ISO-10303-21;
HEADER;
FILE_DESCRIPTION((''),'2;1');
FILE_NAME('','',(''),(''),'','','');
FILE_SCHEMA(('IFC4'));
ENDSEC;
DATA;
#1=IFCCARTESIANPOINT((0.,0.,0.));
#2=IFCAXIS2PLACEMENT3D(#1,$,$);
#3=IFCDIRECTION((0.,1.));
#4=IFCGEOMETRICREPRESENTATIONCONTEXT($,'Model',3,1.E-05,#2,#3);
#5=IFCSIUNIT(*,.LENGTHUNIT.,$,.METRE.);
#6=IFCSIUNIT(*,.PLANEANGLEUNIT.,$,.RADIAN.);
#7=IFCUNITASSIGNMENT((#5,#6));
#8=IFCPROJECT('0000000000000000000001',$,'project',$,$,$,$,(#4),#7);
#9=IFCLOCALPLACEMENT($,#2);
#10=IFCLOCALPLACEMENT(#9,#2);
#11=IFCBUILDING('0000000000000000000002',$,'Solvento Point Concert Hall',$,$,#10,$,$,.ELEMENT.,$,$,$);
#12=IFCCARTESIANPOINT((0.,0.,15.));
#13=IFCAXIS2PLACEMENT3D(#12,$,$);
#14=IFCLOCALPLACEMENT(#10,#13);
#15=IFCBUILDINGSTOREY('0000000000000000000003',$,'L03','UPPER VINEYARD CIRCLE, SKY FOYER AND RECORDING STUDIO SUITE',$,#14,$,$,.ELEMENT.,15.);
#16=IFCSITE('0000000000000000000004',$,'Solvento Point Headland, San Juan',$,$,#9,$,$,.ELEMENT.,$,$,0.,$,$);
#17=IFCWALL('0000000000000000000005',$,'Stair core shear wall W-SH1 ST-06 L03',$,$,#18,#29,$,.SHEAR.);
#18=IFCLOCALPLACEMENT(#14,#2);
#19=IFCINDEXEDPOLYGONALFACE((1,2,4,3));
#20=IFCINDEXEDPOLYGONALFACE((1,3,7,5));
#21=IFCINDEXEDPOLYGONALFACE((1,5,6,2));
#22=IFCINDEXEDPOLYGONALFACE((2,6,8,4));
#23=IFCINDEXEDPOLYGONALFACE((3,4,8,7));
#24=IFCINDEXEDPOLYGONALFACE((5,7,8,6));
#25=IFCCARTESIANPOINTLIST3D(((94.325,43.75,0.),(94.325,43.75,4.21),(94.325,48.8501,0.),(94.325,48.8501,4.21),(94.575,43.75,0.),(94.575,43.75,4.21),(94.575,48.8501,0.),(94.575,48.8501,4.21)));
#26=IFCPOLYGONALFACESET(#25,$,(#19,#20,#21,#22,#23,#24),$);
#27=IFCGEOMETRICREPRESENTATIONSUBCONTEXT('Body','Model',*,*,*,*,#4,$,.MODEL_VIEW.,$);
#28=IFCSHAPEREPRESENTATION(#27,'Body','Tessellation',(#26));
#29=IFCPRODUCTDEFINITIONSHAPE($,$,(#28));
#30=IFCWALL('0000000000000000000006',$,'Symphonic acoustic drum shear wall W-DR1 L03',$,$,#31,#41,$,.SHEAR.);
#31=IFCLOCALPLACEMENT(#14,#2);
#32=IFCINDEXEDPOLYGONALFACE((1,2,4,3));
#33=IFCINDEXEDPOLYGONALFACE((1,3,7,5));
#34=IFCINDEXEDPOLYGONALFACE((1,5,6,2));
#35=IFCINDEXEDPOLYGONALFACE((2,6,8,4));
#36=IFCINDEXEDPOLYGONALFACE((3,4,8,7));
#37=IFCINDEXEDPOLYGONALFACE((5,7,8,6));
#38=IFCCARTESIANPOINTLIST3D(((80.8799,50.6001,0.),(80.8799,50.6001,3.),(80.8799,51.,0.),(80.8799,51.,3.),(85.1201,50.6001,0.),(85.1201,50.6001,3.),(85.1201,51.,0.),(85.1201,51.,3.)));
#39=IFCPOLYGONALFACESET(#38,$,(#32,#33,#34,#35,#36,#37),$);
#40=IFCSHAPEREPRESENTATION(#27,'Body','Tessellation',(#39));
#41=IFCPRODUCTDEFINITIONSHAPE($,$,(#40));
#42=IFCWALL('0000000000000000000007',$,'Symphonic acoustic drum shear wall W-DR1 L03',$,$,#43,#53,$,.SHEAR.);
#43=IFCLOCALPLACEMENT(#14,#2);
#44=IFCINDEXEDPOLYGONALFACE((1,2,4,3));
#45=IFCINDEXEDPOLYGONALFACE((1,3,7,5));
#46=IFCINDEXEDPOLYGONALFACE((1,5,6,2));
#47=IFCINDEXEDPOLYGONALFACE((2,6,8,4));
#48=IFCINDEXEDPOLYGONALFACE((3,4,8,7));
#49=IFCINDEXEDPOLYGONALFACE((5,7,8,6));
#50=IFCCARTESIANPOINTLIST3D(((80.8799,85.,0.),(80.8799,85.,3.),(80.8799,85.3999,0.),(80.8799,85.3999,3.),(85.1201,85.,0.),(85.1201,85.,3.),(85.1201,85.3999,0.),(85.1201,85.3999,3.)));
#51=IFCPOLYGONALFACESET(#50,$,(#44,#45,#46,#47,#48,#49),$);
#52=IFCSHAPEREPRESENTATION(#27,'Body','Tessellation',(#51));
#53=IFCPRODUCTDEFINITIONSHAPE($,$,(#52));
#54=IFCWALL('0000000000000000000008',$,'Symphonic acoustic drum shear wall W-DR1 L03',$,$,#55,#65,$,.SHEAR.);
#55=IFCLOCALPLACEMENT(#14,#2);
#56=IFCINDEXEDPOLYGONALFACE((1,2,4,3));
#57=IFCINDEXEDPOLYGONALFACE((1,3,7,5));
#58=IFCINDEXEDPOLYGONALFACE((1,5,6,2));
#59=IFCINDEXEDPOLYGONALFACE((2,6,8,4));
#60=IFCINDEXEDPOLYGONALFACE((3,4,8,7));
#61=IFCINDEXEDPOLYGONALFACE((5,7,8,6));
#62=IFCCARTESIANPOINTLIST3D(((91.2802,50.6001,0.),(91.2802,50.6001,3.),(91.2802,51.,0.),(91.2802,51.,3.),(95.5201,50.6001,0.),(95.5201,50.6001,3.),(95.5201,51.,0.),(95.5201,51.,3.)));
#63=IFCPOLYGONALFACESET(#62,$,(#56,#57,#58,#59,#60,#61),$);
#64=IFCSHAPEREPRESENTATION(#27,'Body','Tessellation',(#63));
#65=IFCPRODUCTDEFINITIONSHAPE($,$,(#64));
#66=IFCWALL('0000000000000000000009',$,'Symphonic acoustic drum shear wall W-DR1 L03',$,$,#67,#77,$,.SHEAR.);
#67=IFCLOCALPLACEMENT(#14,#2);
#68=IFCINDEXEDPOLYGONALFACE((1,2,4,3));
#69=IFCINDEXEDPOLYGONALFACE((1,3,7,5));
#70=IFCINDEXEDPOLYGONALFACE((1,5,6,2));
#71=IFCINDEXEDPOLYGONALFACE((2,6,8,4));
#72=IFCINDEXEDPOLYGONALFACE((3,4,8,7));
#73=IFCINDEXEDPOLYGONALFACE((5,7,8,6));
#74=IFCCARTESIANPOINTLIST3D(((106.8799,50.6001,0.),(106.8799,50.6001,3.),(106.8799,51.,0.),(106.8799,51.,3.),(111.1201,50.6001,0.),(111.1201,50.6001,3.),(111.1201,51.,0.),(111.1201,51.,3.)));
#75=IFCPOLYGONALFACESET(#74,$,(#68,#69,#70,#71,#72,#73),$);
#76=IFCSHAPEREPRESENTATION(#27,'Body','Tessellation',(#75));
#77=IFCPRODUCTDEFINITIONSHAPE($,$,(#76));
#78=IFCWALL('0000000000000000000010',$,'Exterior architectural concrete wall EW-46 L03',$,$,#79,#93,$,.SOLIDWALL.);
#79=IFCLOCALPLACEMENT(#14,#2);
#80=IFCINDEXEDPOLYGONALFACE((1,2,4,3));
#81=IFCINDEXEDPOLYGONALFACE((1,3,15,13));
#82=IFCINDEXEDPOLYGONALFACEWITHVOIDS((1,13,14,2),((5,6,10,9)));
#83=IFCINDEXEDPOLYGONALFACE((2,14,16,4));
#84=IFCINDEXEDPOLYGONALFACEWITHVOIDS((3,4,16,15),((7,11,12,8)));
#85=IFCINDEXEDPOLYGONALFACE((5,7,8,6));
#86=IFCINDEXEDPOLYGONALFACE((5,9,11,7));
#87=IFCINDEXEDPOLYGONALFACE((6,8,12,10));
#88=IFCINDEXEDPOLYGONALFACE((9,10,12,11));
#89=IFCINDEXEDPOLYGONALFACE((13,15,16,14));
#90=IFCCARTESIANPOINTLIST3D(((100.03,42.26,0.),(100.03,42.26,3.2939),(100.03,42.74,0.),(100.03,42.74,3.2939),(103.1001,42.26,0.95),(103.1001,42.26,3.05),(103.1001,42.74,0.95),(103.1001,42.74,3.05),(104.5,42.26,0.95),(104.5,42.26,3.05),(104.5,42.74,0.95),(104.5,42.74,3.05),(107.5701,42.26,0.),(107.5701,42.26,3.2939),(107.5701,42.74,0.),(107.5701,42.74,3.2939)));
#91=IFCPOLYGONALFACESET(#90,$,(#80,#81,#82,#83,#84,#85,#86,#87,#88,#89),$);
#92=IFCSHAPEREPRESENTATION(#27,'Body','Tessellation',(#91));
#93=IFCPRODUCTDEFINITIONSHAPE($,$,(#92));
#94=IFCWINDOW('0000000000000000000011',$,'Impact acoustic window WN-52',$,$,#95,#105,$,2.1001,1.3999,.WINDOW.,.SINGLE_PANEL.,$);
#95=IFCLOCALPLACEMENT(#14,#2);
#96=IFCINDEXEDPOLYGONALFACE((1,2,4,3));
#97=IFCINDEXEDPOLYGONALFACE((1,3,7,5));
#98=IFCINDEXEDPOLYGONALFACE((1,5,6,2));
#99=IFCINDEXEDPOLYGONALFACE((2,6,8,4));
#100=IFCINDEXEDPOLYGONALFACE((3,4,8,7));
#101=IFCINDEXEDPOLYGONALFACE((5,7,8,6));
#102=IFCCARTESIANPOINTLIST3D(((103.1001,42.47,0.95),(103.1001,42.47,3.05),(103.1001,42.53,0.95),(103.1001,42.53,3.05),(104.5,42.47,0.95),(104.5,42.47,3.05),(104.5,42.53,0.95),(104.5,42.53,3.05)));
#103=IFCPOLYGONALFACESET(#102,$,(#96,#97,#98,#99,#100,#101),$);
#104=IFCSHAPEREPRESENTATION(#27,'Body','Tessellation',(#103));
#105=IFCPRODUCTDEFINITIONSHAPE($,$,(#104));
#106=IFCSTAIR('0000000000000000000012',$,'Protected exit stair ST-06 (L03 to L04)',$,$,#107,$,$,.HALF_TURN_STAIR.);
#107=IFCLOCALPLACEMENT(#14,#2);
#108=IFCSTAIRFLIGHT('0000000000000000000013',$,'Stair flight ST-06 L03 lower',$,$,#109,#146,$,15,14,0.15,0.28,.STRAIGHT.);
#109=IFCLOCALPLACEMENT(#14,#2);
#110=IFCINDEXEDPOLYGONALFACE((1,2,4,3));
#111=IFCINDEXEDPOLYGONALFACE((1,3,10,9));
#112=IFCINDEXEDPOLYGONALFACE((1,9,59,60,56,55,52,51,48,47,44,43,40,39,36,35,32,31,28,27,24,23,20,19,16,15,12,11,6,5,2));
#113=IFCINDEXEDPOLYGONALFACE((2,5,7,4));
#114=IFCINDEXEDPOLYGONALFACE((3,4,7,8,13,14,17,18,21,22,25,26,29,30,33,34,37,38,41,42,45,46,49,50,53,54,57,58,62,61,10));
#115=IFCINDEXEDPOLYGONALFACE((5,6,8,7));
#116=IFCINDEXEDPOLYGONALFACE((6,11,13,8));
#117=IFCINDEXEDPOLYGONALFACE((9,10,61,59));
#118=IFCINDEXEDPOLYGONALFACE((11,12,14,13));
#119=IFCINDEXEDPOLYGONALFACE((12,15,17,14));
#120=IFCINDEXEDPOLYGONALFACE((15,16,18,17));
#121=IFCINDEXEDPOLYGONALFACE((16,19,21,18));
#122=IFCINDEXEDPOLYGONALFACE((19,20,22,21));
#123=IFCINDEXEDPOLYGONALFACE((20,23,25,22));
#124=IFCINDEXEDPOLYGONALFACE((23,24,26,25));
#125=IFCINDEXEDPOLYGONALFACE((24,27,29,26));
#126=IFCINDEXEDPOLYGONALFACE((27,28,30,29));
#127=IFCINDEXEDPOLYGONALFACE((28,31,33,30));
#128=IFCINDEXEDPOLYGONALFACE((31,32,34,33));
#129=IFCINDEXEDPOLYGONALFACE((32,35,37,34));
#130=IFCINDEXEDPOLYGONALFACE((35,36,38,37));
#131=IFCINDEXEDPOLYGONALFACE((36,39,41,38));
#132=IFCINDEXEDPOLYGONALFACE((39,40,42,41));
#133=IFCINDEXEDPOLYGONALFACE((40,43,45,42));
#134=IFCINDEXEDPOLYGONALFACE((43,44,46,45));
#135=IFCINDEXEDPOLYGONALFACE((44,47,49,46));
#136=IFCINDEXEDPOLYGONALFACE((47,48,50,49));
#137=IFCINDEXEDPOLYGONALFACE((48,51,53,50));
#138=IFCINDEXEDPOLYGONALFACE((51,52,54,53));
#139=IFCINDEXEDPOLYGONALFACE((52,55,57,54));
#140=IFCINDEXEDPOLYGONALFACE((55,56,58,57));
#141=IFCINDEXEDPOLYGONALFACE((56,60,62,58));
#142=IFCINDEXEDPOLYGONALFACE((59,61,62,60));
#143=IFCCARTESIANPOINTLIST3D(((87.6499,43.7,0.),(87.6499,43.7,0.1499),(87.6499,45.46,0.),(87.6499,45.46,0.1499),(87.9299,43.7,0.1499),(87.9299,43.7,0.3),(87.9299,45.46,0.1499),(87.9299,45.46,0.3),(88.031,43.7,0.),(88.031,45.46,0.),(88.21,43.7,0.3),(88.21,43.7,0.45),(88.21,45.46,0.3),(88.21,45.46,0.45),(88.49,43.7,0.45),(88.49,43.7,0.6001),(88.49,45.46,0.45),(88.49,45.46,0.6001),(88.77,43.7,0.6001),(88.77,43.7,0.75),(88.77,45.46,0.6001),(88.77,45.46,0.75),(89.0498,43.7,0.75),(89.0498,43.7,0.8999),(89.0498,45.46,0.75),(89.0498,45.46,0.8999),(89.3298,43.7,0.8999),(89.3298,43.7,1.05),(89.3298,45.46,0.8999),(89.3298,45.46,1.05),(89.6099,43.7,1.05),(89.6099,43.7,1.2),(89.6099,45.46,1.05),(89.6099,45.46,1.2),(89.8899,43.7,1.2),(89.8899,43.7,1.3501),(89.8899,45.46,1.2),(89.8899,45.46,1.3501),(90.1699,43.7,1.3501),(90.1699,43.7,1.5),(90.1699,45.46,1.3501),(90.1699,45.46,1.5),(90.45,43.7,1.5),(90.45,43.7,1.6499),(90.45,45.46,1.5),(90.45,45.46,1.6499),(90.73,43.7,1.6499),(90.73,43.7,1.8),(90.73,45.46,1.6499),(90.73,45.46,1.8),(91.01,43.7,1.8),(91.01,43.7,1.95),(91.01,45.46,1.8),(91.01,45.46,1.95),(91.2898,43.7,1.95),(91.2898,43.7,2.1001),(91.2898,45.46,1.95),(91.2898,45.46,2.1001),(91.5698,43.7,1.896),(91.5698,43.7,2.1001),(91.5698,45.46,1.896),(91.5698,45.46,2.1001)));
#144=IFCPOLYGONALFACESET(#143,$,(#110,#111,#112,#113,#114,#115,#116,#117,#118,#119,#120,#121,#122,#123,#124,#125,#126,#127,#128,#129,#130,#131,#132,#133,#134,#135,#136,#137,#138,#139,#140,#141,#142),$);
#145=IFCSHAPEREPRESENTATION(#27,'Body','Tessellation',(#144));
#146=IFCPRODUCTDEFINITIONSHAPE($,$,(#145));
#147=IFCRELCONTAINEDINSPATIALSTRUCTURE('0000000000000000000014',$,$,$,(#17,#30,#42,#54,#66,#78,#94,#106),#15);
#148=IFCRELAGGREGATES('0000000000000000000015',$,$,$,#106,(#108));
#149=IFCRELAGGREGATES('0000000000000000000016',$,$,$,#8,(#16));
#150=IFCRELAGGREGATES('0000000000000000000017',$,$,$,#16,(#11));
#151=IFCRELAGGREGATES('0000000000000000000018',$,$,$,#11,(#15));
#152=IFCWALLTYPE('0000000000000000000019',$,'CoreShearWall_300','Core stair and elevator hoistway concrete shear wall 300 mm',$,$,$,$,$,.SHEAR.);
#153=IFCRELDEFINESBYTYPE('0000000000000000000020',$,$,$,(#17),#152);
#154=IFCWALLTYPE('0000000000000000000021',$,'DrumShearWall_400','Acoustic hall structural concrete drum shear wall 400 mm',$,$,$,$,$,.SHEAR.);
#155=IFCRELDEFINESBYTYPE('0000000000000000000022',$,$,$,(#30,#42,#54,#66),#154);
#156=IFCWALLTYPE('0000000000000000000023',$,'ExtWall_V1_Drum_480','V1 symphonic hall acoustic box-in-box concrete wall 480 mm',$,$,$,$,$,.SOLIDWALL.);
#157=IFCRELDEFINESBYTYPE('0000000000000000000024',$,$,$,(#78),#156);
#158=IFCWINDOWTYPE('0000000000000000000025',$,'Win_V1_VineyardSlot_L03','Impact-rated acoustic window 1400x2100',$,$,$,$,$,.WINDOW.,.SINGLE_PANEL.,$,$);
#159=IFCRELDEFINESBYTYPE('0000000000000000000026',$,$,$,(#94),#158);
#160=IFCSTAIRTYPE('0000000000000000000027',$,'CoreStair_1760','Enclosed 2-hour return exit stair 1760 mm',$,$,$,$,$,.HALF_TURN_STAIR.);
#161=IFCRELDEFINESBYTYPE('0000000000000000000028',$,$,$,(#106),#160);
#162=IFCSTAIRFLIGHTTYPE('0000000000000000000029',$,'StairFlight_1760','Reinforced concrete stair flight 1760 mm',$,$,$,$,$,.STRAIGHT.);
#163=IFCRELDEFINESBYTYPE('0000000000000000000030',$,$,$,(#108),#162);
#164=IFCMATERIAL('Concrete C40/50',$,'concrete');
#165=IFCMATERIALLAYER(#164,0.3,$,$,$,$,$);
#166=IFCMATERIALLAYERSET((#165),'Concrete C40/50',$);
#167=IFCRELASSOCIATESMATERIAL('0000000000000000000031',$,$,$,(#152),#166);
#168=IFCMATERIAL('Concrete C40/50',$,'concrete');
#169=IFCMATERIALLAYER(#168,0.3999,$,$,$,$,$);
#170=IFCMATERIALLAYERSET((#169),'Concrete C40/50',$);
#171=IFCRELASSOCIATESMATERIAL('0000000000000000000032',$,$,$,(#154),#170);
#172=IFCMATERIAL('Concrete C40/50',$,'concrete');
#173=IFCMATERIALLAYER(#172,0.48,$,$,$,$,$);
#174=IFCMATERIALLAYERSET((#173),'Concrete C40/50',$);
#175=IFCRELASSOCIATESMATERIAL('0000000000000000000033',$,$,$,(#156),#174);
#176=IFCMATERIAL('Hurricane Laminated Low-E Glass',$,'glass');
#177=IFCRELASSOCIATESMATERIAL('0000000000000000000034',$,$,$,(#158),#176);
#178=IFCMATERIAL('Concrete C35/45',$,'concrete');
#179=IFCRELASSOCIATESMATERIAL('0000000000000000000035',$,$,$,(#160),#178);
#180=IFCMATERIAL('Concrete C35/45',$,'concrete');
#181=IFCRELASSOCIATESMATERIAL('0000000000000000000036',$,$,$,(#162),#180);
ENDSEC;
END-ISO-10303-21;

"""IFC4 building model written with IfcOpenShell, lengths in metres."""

from ifc_helpers import new_model, si_unit, direction, frame, frame_2d, origin, place, context, subcontext, project, spatial, polyline, rectangle, outline, extrude, material, layer, layer_set, type_object, element, fill, aggregate, save


model = new_model("IFC4")

# Units and contexts
model_context = context("Model", 3, precision=1e-05, world=origin(), true_north=direction((0.0, 1.0)))
body_context = subcontext(model_context, "Body", "Model", "MODEL_VIEW")
ifc_project = project(units=[si_unit("LENGTHUNIT", "METRE"), si_unit("PLANEANGLEUNIT", "RADIAN")], contexts=[model_context])

# Site, building, storey
site_placement = place(None, origin())
site = spatial("IfcSite", under=ifc_project, at=site_placement, Name="Solvento Point Headland, San Juan", CompositionType="ELEMENT", RefElevation=0.0)
building_placement = place(site_placement, origin())
building = spatial("IfcBuilding", under=site, at=building_placement, Name="Solvento Point Concert Hall", CompositionType="ELEMENT")
storey_placement = place(building_placement, frame((0.0, 0.0, 15.0)))
storey = spatial("IfcBuildingStorey", under=building, at=storey_placement, Name="L03", Description="UPPER VINEYARD CIRCLE, SKY FOYER AND RECORDING STUDIO SUITE", CompositionType="ELEMENT", Elevation=15.0)

# Shared definitions
ifc_material_1 = material(Name="Concrete C40/50", Category="concrete")
ifc_layer_1 = layer(ifc_material_1, 0.3)
ifc_layer_set_1 = layer_set([ifc_layer_1], Name="Concrete C40/50")
wall_type_1 = type_object("IfcWallType", Name="CoreShearWall_300", Description="Core stair and elevator hoistway concrete shear wall 300 mm", PredefinedType="SHEAR", material=ifc_layer_set_1)

# Walls
wall_1_placement = place(storey_placement, frame((94.45, 48.8501, 0.0), z_axis=(0.0, 0.0, 1.0), x_axis=(0.0, -1.0, 0.0)))
element("IfcWall", 1, at=wall_1_placement, inside=storey, type_object=wall_type_1, Name="Stair core shear wall W-SH1 ST-06 L03", PredefinedType="SHEAR", context=body_context, shape_type="SweptSolid", body=[
    extrude(rectangle(XDim=5.1001, YDim=0.25, at=frame_2d((2.55, 0.0))), origin(), (0.0, 0.0, 1.0), 4.21),
])
ifc_material_2 = material(Name="Concrete C40/50", Category="concrete")
ifc_layer_2 = layer(ifc_material_2, 0.3999)
ifc_layer_set_2 = layer_set([ifc_layer_2], Name="Concrete C40/50")
wall_type_2 = type_object("IfcWallType", Name="DrumShearWall_400", Description="Acoustic hall structural concrete drum shear wall 400 mm", PredefinedType="SHEAR", material=ifc_layer_set_2)
for number, where, z_axis, x_axis, name in (
    (2, (80.8799, 50.8, 0.0), (0.0, 0.0, 1.0), (1.0, 0.0, 0.0), "Symphonic acoustic drum shear wall W-DR1 L03"),
    (3, (80.8799, 85.2, 0.0), (0.0, 0.0, 1.0), (1.0, 0.0, 0.0), "Symphonic acoustic drum shear wall W-DR1 L03"),
):
    element("IfcWall", number, at=place(storey_placement, frame(where, z_axis=z_axis, x_axis=x_axis)), inside=storey, type_object=wall_type_2, Name=name, PredefinedType="SHEAR", context=body_context, shape_type="SweptSolid", body=[
        extrude(rectangle(XDim=4.2402, YDim=0.3999, at=frame_2d((2.1201, 0.0))), origin(), (0.0, 0.0, 1.0), 3.0),
    ])
wall_2_placement = place(storey_placement, frame((91.28, 50.8, 0.0), z_axis=(0.0, 0.0, 1.0), x_axis=(1.0, 0.0, 0.0)))
element("IfcWall", 4, at=wall_2_placement, inside=storey, type_object=wall_type_2, Name="Symphonic acoustic drum shear wall W-DR1 L03", PredefinedType="SHEAR", context=body_context, shape_type="SweptSolid", body=[
    extrude(rectangle(XDim=4.24, YDim=0.3999, at=frame_2d((2.1201, 0.0))), origin(), (0.0, 0.0, 1.0), 3.0),
])
wall_3_placement = place(storey_placement, frame((106.8799, 50.8, 0.0), z_axis=(0.0, 0.0, 1.0), x_axis=(1.0, 0.0, 0.0)))
element("IfcWall", 5, at=wall_3_placement, inside=storey, type_object=wall_type_2, Name="Symphonic acoustic drum shear wall W-DR1 L03", PredefinedType="SHEAR", context=body_context, shape_type="SweptSolid", body=[
    extrude(rectangle(XDim=4.2402, YDim=0.3999, at=frame_2d((2.1201, 0.0))), origin(), (0.0, 0.0, 1.0), 3.0),
])

# Wall, opening, window
ifc_material_3 = material(Name="Concrete C40/50", Category="concrete")
ifc_layer_3 = layer(ifc_material_3, 0.48)
ifc_layer_set_3 = layer_set([ifc_layer_3], Name="Concrete C40/50")
wall_type_3 = type_object("IfcWallType", Name="ExtWall_V1_Drum_480", Description="V1 symphonic hall acoustic box-in-box concrete wall 480 mm", PredefinedType="SOLIDWALL", material=ifc_layer_set_3)
wall_4_placement = place(storey_placement, frame((107.5701, 42.5, 0.0), z_axis=(0.0, 0.0, 1.0), x_axis=(-1.0, 0.0, 0.0)))
wall_4 = element("IfcWall", 6, at=wall_4_placement, inside=storey, type_object=wall_type_3, Name="Exterior architectural concrete wall EW-46 L03", PredefinedType="SOLIDWALL", context=body_context, shape_type="SweptSolid", body=[
    extrude(rectangle(XDim=7.54, YDim=0.48, at=frame_2d((3.77, 0.0))), origin(), (0.0, 0.0, 1.0), 3.2939),
])
opening_1_placement = place(wall_4_placement, frame((3.0701, 0.0, 0.95)))
opening_1 = element("IfcOpeningElement", 7, at=opening_1_placement, cuts=wall_4, PredefinedType="OPENING", context=body_context, shape_type="SweptSolid", body=[
    extrude(rectangle(XDim=1.3999, YDim=2.1001, at=frame_2d((0.7, 1.05))), frame((0.0, 0.25, 0.0), z_axis=(0.0, -1.0, 0.0), x_axis=(1.0, 0.0, 0.0)), (0.0, 0.0, 1.0), 0.5),
])
ifc_material_4 = material(Name="Hurricane Laminated Low-E Glass", Category="glass")
window_type = type_object("IfcWindowType", Name="Win_V1_VineyardSlot_L03", Description="Impact-rated acoustic window 1400x2100", PartitioningType="SINGLE_PANEL", PredefinedType="WINDOW", material=ifc_material_4)
window_placement = place(opening_1_placement, origin())
window = element("IfcWindow", 8, at=window_placement, inside=storey, type_object=window_type, Name="Impact acoustic window WN-52", OverallHeight=2.1001, OverallWidth=1.3999, PartitioningType="SINGLE_PANEL", PredefinedType="WINDOW", context=body_context, shape_type="SweptSolid", body=[
    extrude(rectangle(XDim=1.3999, YDim=2.1001, at=frame_2d((0.7, 1.05))), frame((0.0, 0.03, 0.0), z_axis=(0.0, -1.0, 0.0), x_axis=(1.0, 0.0, 0.0)), (0.0, 0.0, 1.0), 0.0601),
])
fill(opening_1, window)

# Stair, stair flight
ifc_material_5 = material(Name="Concrete C35/45", Category="concrete")
stair_type = type_object("IfcStairType", Name="CoreStair_1760", Description="Enclosed 2-hour return exit stair 1760 mm", PredefinedType="HALF_TURN_STAIR", material=ifc_material_5)
stair_placement = place(storey_placement, origin())
stair = element("IfcStair", 9, at=stair_placement, inside=storey, type_object=stair_type, Name="Protected exit stair ST-06 (L03 to L04)", PredefinedType="HALF_TURN_STAIR")
ifc_material_6 = material(Name="Concrete C35/45", Category="concrete")
stair_flight_type = type_object("IfcStairFlightType", Name="StairFlight_1760", Description="Reinforced concrete stair flight 1760 mm", PredefinedType="STRAIGHT", material=ifc_material_6)
stair_flight_1_placement = place(storey_placement, frame((87.6499, 44.5801, 0.0), z_axis=(0.0, 0.0, 1.0), x_axis=(1.0, 0.0, 0.0)))
stair_flight_1 = element("IfcStairFlight", 10, at=stair_flight_1_placement, type_object=stair_flight_type, Name="Stair flight ST-06 L03 lower", NumberOfRisers=15, NumberOfTreads=14, PredefinedType="STRAIGHT", RiserHeight=0.15, TreadLength=0.28, context=body_context, shape_type="SweptSolid", body=[
    extrude(outline(polyline([(0.0, 0.0), (0.0, 0.1499), (0.28, 0.1499), (0.28, 0.3), (0.5601, 0.3), (0.5601, 0.45), (0.8401, 0.45), (0.8401, 0.6001), (1.1201, 0.6001), (1.1201, 0.75), (1.3999, 0.75), (1.3999, 0.8999), (1.6799, 0.8999), (1.6799, 1.05), (1.96, 1.05), (1.96, 1.2), (2.24, 1.2), (2.24, 1.3501), (2.52, 1.3501), (2.52, 1.5), (2.8, 1.5), (2.8, 1.6499), (3.0801, 1.6499), (3.0801, 1.8), (3.3601, 1.8), (3.3601, 1.95), (3.6399, 1.95), (3.6399, 2.1001), (3.9199, 2.1001), (3.9199, 2.25), (3.9199, 1.896), (0.3811, 0.0), (0.0, 0.0)])), frame((0.0, 0.8799, 0.0), z_axis=(0.0, -1.0, 0.0), x_axis=(1.0, 0.0, 0.0)), (0.0, 0.0, 1.0), 1.76),
])
aggregate(stair, [stair_flight_1])

save(model, "model.ifc")
